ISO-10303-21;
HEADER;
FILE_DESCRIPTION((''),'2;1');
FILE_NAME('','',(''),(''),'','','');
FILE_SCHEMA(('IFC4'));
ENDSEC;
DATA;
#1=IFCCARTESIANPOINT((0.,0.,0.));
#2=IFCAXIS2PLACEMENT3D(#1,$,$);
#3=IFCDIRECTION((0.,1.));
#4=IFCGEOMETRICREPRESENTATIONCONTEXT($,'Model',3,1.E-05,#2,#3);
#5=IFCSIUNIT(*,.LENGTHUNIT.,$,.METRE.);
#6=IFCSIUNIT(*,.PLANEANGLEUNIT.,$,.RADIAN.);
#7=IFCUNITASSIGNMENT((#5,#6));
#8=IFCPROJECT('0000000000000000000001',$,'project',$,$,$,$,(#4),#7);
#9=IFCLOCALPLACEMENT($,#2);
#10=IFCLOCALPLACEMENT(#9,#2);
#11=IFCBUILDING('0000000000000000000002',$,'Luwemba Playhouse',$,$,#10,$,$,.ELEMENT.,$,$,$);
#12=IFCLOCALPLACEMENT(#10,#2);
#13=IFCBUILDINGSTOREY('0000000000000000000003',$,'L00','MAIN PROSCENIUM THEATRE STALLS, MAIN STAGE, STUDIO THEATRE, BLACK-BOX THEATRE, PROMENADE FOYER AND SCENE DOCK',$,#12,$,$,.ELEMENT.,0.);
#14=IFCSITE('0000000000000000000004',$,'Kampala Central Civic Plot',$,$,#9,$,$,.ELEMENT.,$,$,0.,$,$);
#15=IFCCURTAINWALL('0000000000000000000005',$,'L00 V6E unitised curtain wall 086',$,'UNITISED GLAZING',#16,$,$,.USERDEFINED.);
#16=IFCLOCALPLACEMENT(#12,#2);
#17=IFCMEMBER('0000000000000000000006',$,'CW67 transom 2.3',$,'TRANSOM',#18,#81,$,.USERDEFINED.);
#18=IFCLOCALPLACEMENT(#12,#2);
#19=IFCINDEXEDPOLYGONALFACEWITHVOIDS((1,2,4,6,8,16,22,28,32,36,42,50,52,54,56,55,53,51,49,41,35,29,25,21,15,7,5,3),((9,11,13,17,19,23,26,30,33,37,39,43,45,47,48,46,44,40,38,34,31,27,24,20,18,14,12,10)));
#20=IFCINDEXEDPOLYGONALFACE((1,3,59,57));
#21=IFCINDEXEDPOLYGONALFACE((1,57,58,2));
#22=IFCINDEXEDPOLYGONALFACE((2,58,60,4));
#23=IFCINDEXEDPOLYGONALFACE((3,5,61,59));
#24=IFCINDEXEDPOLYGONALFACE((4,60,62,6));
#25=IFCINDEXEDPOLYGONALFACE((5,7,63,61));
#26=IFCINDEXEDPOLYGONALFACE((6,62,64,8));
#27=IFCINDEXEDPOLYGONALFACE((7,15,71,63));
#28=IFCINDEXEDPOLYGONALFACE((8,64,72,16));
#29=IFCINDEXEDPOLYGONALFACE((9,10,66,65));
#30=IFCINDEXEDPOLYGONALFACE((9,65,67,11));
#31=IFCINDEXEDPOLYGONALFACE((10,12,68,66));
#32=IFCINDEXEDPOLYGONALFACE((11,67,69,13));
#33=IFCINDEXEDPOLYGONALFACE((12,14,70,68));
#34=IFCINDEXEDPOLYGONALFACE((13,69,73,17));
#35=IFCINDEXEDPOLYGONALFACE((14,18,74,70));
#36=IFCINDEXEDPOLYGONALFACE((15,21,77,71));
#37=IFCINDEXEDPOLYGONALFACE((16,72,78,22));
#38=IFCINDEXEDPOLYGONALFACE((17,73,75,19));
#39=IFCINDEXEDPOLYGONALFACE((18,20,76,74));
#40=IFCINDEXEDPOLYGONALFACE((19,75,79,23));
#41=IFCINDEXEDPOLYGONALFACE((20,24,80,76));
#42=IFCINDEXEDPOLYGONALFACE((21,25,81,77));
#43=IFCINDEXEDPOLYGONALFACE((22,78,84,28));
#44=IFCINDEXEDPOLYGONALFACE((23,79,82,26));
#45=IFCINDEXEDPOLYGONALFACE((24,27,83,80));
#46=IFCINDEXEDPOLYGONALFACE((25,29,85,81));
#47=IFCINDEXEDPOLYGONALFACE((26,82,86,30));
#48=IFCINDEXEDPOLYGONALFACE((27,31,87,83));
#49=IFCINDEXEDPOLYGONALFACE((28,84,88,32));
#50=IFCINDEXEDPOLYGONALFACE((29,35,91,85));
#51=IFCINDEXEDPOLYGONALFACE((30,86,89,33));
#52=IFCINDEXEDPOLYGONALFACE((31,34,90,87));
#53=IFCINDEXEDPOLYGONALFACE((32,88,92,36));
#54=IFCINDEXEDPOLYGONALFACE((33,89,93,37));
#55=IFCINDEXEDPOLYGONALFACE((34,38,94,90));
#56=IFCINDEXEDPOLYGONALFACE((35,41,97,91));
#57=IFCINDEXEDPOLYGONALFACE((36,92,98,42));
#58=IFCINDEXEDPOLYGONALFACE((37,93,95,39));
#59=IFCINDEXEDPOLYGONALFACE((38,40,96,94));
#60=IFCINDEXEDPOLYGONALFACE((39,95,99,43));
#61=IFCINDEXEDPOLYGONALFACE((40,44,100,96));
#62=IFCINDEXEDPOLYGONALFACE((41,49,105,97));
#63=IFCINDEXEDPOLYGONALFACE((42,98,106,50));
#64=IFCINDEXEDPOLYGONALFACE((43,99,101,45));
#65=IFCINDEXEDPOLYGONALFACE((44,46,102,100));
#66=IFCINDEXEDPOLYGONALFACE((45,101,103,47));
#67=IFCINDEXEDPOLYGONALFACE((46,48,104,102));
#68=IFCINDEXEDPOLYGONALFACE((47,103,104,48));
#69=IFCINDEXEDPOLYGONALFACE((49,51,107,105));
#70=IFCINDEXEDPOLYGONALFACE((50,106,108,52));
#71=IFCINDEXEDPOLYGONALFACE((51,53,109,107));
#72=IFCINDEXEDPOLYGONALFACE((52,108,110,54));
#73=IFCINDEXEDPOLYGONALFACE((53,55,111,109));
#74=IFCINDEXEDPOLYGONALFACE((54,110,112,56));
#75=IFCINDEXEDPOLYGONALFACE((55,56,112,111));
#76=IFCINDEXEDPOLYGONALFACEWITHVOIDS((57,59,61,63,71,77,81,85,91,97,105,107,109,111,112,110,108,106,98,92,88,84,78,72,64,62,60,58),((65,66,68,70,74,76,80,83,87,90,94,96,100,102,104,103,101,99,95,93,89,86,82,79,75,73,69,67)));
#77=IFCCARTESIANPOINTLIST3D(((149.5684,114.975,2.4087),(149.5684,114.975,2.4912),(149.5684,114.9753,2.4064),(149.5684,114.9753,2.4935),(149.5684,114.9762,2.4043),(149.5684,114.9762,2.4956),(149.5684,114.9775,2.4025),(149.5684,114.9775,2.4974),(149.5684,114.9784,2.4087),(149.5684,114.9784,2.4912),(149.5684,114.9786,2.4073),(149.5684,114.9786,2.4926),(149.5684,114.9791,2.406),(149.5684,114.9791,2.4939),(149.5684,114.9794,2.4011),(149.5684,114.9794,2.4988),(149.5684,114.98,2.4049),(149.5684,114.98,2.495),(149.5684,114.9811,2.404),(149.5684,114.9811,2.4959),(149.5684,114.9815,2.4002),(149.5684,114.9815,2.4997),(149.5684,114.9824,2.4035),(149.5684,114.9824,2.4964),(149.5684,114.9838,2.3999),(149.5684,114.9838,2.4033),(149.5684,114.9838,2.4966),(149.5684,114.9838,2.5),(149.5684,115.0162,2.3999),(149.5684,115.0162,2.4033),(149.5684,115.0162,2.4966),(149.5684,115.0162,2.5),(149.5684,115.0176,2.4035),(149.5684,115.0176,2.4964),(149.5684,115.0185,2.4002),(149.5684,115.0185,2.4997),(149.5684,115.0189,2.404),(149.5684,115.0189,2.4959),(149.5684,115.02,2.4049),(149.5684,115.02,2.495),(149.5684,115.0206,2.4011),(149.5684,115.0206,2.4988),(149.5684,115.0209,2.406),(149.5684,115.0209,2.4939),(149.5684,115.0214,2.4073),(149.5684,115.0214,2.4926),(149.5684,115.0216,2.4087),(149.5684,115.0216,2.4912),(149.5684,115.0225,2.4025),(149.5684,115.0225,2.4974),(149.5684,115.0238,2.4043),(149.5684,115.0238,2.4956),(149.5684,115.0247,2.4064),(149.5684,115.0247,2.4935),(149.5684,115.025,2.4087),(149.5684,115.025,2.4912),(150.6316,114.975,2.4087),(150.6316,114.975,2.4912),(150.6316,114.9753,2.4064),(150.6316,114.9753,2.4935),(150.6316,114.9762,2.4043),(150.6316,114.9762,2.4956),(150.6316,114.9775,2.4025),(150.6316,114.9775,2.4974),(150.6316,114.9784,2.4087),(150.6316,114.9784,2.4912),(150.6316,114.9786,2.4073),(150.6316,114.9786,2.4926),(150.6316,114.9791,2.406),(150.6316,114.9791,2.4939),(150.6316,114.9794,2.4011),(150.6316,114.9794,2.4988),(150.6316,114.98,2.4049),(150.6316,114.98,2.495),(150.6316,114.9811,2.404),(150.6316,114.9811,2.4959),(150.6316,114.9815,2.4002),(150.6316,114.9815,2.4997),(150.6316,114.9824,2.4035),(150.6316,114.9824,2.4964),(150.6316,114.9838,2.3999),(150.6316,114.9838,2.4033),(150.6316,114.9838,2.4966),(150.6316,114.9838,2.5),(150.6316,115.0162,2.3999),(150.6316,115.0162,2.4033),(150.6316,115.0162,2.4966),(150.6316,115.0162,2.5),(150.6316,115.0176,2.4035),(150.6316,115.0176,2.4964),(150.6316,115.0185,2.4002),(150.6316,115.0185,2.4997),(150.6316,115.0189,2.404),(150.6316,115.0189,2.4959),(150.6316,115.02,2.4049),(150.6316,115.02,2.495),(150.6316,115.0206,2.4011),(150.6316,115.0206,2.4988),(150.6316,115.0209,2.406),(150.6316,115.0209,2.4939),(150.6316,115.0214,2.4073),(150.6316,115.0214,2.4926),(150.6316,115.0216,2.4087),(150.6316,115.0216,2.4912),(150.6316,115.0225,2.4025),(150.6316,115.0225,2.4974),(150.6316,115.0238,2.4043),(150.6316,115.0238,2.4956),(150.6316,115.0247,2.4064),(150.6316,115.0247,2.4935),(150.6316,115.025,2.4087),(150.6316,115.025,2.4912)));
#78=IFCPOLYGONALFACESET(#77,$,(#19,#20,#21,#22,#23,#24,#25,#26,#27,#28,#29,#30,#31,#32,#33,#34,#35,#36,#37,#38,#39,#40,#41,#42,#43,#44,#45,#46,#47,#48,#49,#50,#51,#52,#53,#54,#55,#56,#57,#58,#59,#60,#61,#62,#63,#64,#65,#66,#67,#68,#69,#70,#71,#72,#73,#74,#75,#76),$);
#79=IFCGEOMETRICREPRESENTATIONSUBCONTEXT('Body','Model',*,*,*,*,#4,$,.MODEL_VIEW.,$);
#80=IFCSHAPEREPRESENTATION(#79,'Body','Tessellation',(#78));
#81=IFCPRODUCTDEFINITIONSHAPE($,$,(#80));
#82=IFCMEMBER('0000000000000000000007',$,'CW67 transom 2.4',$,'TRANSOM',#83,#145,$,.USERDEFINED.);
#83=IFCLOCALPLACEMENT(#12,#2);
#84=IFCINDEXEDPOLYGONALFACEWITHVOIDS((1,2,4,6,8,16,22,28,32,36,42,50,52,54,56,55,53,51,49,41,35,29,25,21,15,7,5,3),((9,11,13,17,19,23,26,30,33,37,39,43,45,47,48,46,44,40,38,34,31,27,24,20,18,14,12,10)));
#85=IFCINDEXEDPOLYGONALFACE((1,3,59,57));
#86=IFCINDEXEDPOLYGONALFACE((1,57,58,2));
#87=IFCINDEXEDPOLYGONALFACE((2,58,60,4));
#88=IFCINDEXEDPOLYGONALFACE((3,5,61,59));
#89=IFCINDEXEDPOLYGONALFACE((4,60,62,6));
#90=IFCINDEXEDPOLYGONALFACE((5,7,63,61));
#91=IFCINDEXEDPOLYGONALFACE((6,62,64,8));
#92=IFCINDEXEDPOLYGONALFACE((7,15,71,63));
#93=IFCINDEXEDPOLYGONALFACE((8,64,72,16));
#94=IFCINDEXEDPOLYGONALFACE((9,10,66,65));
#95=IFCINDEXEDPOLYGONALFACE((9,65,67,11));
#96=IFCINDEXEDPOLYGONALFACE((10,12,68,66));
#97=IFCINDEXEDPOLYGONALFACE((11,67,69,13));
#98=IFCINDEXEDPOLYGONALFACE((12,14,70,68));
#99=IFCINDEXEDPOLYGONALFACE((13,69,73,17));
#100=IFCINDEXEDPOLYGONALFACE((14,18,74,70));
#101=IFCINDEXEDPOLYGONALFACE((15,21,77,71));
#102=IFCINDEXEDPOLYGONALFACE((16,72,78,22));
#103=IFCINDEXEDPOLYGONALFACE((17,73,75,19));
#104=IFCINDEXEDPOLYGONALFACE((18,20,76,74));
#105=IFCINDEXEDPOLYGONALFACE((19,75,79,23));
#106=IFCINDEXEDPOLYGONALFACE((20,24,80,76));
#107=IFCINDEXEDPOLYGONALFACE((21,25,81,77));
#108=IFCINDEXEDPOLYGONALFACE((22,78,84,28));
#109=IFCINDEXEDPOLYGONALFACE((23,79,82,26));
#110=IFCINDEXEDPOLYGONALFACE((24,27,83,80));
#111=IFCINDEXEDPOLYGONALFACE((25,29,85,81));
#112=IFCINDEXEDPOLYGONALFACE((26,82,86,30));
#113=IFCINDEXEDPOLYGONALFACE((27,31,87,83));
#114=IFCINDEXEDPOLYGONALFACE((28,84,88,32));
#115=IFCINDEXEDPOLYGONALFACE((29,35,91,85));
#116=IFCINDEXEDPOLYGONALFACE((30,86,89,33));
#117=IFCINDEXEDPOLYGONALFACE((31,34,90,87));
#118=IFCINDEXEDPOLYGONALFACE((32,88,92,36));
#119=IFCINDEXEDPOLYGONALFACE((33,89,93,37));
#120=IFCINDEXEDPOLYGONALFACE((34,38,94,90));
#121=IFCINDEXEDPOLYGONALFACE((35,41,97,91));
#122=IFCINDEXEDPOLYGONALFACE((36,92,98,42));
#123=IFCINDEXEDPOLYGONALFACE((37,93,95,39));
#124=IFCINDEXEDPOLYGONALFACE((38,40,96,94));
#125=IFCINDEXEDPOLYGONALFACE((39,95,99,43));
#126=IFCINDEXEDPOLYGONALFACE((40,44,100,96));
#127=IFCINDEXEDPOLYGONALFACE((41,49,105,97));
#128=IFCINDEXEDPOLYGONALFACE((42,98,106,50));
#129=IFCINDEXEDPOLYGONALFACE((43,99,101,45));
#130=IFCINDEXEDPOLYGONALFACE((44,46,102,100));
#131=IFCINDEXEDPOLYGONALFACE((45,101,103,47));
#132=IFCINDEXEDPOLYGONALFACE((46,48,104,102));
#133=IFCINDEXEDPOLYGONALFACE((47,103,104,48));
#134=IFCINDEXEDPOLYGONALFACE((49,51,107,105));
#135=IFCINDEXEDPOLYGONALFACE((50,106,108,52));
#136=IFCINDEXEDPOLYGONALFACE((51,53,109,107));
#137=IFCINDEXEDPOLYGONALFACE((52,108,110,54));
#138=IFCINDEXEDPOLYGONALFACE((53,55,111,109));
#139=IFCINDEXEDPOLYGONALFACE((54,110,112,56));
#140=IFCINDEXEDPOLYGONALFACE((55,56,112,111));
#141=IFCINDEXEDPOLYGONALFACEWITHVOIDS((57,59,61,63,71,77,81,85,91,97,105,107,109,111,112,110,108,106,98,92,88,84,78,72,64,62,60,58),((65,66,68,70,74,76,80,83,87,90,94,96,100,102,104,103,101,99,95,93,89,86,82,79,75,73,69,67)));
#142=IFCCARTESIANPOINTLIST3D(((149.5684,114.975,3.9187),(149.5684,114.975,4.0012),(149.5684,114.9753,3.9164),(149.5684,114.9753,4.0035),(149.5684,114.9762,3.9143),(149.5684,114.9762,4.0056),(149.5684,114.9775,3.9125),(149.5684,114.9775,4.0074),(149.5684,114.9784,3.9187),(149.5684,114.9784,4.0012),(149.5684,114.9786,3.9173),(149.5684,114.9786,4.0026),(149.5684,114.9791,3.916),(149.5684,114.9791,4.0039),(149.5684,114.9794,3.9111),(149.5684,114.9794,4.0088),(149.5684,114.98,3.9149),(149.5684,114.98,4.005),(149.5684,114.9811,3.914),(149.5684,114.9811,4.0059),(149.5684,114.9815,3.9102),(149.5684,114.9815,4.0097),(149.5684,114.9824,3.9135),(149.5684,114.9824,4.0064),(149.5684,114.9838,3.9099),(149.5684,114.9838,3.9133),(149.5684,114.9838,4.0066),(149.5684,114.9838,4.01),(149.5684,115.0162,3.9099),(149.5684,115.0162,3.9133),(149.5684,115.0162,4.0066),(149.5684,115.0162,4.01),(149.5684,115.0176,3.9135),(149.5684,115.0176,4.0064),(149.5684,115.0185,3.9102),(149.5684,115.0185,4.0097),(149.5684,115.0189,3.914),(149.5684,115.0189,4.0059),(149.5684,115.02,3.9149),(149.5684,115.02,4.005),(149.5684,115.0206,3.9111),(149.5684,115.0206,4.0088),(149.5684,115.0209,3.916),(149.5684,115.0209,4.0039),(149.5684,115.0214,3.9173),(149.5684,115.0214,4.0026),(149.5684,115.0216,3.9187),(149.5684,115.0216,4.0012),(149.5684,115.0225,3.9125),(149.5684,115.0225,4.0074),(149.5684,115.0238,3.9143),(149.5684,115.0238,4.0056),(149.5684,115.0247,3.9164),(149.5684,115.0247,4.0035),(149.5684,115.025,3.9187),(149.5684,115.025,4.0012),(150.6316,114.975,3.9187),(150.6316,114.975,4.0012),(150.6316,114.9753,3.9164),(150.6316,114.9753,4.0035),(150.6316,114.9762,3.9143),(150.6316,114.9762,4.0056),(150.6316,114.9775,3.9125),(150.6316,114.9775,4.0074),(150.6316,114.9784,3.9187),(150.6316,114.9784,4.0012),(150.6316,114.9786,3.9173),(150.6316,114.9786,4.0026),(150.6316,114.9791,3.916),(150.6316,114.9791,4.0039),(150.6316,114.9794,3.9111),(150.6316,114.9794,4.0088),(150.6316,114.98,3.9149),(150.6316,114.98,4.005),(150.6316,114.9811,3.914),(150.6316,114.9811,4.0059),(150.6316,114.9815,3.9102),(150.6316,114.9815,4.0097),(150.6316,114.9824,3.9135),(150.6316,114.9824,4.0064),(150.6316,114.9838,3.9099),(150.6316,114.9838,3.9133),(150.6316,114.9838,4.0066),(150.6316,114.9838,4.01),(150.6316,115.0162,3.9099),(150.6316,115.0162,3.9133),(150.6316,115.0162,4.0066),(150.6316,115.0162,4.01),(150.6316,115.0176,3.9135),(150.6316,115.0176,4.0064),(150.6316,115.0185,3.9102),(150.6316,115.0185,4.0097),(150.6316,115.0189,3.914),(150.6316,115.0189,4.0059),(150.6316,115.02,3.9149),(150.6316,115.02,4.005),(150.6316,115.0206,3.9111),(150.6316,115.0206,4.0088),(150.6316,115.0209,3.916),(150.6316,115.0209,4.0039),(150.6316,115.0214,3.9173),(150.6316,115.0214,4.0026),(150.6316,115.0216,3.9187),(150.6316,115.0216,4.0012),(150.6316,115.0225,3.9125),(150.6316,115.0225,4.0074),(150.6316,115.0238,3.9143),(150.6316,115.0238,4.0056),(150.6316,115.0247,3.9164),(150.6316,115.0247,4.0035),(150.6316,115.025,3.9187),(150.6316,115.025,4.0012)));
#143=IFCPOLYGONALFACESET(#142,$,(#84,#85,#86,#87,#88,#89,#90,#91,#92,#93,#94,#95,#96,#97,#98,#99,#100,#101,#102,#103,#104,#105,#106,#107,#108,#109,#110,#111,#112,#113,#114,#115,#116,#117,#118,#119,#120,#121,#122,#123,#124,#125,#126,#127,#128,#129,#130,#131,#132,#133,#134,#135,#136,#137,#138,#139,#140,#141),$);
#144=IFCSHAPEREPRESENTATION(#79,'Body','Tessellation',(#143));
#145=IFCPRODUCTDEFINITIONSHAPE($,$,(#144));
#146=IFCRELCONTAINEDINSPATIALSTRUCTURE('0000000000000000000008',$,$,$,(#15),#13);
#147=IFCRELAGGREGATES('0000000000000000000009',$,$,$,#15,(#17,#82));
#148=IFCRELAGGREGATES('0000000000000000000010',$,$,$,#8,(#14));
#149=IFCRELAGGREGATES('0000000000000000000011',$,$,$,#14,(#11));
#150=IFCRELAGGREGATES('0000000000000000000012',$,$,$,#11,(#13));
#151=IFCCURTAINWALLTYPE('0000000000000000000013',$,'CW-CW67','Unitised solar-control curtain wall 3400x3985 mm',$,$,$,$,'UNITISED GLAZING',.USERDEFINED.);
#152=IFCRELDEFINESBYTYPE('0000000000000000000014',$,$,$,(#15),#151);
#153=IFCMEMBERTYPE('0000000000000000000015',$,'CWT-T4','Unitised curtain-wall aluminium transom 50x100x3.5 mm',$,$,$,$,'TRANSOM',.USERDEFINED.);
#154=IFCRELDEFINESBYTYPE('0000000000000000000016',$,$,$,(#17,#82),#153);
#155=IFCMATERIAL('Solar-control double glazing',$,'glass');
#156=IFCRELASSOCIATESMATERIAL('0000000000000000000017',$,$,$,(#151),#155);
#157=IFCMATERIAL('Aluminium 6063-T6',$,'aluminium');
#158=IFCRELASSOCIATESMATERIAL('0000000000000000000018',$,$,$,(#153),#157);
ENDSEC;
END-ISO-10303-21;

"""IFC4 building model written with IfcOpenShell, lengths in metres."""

from ifc_helpers import new_model, si_unit, direction, frame, origin, origin_2d, place, context, subcontext, project, spatial, hollow_rectangle, extrude, material, material_profile, profile_set, type_object, element, aggregate, save


model = new_model("IFC4")

# Units and contexts
model_context = context("Model", 3, precision=1e-05, world=origin(), true_north=direction((0.0, 1.0)))
body_context = subcontext(model_context, "Body", "Model", "MODEL_VIEW")
ifc_project = project(units=[si_unit("LENGTHUNIT", "METRE"), si_unit("PLANEANGLEUNIT", "RADIAN")], contexts=[model_context])

# Site, building, storey
site_placement = place(None, origin())
site = spatial("IfcSite", under=ifc_project, at=site_placement, Name="Kampala Central Civic Plot", CompositionType="ELEMENT", RefElevation=0.0)
building_placement = place(site_placement, origin())
building = spatial("IfcBuilding", under=site, at=building_placement, Name="Luwemba Playhouse", CompositionType="ELEMENT")
storey_placement = place(building_placement, origin())
storey = spatial("IfcBuildingStorey", under=building, at=storey_placement, Name="L00", Description="MAIN PROSCENIUM THEATRE STALLS, MAIN STAGE, STUDIO THEATRE, BLACK-BOX THEATRE, PROMENADE FOYER AND SCENE DOCK", CompositionType="ELEMENT", Elevation=0.0)

# Shared definitions
ifc_material_1 = material(Name="Solar-control double glazing", Category="glass")
ifc_material_2 = material(Name="Aluminium 6063-T6", Category="aluminium")

# Curtain wall, members
curtain_wall_type_1 = type_object("IfcCurtainWallType", Name="CW-CW67", Description="Unitised solar-control curtain wall 3400x3985 mm", ElementType="UNITISED GLAZING", PredefinedType="USERDEFINED", material=ifc_material_1)
curtain_wall_1_placement = place(storey_placement, origin())
curtain_wall_1 = element("IfcCurtainWall", 1, at=curtain_wall_1_placement, inside=storey, type_object=curtain_wall_type_1, Name="L00 V6E unitised curtain wall 086", ObjectType="UNITISED GLAZING", PredefinedType="USERDEFINED")
ifc_material_profile_1 = material_profile(ifc_material_2, hollow_rectangle(XDim=0.05, YDim=0.1001, WallThickness=0.0034, InnerFilletRadius=0.0054, OuterFilletRadius=0.0088, at=origin_2d()))
ifc_profile_set_1 = profile_set([ifc_material_profile_1], Name="Aluminium 6063-T6")
member_type_1 = type_object("IfcMemberType", Name="CWT-T4", Description="Unitised curtain-wall aluminium transom 50x100x3.5 mm", ElementType="TRANSOM", PredefinedType="USERDEFINED", material=ifc_profile_set_1)
member_1_placement = place(storey_placement, frame((149.5684, 115.0, 2.45), z_axis=(1.0, 0.0, 0.0), x_axis=(0.0, 1.0, 0.0)))
member_1 = element("IfcMember", 2, at=member_1_placement, type_object=member_type_1, Name="CW67 transom 2.3", ObjectType="TRANSOM", PredefinedType="USERDEFINED", context=body_context, shape_type="SweptSolid", body=[
    extrude(hollow_rectangle(XDim=0.05, YDim=0.1001, WallThickness=0.0034, InnerFilletRadius=0.0054, OuterFilletRadius=0.0088, at=origin_2d()), origin(), (0.0, 0.0, 1.0), 1.0632),
])
member_2_placement = place(storey_placement, frame((149.5684, 115.0, 3.96), z_axis=(1.0, 0.0, 0.0), x_axis=(0.0, 1.0, 0.0)))
member_2 = element("IfcMember", 3, at=member_2_placement, type_object=member_type_1, Name="CW67 transom 2.4", ObjectType="TRANSOM", PredefinedType="USERDEFINED", context=body_context, shape_type="SweptSolid", body=[
    extrude(hollow_rectangle(XDim=0.05, YDim=0.1001, WallThickness=0.0034, InnerFilletRadius=0.0054, OuterFilletRadius=0.0088, at=origin_2d()), origin(), (0.0, 0.0, 1.0), 1.0632),
])
aggregate(curtain_wall_1, [member_1, member_2])

save(model, "model.ifc")
